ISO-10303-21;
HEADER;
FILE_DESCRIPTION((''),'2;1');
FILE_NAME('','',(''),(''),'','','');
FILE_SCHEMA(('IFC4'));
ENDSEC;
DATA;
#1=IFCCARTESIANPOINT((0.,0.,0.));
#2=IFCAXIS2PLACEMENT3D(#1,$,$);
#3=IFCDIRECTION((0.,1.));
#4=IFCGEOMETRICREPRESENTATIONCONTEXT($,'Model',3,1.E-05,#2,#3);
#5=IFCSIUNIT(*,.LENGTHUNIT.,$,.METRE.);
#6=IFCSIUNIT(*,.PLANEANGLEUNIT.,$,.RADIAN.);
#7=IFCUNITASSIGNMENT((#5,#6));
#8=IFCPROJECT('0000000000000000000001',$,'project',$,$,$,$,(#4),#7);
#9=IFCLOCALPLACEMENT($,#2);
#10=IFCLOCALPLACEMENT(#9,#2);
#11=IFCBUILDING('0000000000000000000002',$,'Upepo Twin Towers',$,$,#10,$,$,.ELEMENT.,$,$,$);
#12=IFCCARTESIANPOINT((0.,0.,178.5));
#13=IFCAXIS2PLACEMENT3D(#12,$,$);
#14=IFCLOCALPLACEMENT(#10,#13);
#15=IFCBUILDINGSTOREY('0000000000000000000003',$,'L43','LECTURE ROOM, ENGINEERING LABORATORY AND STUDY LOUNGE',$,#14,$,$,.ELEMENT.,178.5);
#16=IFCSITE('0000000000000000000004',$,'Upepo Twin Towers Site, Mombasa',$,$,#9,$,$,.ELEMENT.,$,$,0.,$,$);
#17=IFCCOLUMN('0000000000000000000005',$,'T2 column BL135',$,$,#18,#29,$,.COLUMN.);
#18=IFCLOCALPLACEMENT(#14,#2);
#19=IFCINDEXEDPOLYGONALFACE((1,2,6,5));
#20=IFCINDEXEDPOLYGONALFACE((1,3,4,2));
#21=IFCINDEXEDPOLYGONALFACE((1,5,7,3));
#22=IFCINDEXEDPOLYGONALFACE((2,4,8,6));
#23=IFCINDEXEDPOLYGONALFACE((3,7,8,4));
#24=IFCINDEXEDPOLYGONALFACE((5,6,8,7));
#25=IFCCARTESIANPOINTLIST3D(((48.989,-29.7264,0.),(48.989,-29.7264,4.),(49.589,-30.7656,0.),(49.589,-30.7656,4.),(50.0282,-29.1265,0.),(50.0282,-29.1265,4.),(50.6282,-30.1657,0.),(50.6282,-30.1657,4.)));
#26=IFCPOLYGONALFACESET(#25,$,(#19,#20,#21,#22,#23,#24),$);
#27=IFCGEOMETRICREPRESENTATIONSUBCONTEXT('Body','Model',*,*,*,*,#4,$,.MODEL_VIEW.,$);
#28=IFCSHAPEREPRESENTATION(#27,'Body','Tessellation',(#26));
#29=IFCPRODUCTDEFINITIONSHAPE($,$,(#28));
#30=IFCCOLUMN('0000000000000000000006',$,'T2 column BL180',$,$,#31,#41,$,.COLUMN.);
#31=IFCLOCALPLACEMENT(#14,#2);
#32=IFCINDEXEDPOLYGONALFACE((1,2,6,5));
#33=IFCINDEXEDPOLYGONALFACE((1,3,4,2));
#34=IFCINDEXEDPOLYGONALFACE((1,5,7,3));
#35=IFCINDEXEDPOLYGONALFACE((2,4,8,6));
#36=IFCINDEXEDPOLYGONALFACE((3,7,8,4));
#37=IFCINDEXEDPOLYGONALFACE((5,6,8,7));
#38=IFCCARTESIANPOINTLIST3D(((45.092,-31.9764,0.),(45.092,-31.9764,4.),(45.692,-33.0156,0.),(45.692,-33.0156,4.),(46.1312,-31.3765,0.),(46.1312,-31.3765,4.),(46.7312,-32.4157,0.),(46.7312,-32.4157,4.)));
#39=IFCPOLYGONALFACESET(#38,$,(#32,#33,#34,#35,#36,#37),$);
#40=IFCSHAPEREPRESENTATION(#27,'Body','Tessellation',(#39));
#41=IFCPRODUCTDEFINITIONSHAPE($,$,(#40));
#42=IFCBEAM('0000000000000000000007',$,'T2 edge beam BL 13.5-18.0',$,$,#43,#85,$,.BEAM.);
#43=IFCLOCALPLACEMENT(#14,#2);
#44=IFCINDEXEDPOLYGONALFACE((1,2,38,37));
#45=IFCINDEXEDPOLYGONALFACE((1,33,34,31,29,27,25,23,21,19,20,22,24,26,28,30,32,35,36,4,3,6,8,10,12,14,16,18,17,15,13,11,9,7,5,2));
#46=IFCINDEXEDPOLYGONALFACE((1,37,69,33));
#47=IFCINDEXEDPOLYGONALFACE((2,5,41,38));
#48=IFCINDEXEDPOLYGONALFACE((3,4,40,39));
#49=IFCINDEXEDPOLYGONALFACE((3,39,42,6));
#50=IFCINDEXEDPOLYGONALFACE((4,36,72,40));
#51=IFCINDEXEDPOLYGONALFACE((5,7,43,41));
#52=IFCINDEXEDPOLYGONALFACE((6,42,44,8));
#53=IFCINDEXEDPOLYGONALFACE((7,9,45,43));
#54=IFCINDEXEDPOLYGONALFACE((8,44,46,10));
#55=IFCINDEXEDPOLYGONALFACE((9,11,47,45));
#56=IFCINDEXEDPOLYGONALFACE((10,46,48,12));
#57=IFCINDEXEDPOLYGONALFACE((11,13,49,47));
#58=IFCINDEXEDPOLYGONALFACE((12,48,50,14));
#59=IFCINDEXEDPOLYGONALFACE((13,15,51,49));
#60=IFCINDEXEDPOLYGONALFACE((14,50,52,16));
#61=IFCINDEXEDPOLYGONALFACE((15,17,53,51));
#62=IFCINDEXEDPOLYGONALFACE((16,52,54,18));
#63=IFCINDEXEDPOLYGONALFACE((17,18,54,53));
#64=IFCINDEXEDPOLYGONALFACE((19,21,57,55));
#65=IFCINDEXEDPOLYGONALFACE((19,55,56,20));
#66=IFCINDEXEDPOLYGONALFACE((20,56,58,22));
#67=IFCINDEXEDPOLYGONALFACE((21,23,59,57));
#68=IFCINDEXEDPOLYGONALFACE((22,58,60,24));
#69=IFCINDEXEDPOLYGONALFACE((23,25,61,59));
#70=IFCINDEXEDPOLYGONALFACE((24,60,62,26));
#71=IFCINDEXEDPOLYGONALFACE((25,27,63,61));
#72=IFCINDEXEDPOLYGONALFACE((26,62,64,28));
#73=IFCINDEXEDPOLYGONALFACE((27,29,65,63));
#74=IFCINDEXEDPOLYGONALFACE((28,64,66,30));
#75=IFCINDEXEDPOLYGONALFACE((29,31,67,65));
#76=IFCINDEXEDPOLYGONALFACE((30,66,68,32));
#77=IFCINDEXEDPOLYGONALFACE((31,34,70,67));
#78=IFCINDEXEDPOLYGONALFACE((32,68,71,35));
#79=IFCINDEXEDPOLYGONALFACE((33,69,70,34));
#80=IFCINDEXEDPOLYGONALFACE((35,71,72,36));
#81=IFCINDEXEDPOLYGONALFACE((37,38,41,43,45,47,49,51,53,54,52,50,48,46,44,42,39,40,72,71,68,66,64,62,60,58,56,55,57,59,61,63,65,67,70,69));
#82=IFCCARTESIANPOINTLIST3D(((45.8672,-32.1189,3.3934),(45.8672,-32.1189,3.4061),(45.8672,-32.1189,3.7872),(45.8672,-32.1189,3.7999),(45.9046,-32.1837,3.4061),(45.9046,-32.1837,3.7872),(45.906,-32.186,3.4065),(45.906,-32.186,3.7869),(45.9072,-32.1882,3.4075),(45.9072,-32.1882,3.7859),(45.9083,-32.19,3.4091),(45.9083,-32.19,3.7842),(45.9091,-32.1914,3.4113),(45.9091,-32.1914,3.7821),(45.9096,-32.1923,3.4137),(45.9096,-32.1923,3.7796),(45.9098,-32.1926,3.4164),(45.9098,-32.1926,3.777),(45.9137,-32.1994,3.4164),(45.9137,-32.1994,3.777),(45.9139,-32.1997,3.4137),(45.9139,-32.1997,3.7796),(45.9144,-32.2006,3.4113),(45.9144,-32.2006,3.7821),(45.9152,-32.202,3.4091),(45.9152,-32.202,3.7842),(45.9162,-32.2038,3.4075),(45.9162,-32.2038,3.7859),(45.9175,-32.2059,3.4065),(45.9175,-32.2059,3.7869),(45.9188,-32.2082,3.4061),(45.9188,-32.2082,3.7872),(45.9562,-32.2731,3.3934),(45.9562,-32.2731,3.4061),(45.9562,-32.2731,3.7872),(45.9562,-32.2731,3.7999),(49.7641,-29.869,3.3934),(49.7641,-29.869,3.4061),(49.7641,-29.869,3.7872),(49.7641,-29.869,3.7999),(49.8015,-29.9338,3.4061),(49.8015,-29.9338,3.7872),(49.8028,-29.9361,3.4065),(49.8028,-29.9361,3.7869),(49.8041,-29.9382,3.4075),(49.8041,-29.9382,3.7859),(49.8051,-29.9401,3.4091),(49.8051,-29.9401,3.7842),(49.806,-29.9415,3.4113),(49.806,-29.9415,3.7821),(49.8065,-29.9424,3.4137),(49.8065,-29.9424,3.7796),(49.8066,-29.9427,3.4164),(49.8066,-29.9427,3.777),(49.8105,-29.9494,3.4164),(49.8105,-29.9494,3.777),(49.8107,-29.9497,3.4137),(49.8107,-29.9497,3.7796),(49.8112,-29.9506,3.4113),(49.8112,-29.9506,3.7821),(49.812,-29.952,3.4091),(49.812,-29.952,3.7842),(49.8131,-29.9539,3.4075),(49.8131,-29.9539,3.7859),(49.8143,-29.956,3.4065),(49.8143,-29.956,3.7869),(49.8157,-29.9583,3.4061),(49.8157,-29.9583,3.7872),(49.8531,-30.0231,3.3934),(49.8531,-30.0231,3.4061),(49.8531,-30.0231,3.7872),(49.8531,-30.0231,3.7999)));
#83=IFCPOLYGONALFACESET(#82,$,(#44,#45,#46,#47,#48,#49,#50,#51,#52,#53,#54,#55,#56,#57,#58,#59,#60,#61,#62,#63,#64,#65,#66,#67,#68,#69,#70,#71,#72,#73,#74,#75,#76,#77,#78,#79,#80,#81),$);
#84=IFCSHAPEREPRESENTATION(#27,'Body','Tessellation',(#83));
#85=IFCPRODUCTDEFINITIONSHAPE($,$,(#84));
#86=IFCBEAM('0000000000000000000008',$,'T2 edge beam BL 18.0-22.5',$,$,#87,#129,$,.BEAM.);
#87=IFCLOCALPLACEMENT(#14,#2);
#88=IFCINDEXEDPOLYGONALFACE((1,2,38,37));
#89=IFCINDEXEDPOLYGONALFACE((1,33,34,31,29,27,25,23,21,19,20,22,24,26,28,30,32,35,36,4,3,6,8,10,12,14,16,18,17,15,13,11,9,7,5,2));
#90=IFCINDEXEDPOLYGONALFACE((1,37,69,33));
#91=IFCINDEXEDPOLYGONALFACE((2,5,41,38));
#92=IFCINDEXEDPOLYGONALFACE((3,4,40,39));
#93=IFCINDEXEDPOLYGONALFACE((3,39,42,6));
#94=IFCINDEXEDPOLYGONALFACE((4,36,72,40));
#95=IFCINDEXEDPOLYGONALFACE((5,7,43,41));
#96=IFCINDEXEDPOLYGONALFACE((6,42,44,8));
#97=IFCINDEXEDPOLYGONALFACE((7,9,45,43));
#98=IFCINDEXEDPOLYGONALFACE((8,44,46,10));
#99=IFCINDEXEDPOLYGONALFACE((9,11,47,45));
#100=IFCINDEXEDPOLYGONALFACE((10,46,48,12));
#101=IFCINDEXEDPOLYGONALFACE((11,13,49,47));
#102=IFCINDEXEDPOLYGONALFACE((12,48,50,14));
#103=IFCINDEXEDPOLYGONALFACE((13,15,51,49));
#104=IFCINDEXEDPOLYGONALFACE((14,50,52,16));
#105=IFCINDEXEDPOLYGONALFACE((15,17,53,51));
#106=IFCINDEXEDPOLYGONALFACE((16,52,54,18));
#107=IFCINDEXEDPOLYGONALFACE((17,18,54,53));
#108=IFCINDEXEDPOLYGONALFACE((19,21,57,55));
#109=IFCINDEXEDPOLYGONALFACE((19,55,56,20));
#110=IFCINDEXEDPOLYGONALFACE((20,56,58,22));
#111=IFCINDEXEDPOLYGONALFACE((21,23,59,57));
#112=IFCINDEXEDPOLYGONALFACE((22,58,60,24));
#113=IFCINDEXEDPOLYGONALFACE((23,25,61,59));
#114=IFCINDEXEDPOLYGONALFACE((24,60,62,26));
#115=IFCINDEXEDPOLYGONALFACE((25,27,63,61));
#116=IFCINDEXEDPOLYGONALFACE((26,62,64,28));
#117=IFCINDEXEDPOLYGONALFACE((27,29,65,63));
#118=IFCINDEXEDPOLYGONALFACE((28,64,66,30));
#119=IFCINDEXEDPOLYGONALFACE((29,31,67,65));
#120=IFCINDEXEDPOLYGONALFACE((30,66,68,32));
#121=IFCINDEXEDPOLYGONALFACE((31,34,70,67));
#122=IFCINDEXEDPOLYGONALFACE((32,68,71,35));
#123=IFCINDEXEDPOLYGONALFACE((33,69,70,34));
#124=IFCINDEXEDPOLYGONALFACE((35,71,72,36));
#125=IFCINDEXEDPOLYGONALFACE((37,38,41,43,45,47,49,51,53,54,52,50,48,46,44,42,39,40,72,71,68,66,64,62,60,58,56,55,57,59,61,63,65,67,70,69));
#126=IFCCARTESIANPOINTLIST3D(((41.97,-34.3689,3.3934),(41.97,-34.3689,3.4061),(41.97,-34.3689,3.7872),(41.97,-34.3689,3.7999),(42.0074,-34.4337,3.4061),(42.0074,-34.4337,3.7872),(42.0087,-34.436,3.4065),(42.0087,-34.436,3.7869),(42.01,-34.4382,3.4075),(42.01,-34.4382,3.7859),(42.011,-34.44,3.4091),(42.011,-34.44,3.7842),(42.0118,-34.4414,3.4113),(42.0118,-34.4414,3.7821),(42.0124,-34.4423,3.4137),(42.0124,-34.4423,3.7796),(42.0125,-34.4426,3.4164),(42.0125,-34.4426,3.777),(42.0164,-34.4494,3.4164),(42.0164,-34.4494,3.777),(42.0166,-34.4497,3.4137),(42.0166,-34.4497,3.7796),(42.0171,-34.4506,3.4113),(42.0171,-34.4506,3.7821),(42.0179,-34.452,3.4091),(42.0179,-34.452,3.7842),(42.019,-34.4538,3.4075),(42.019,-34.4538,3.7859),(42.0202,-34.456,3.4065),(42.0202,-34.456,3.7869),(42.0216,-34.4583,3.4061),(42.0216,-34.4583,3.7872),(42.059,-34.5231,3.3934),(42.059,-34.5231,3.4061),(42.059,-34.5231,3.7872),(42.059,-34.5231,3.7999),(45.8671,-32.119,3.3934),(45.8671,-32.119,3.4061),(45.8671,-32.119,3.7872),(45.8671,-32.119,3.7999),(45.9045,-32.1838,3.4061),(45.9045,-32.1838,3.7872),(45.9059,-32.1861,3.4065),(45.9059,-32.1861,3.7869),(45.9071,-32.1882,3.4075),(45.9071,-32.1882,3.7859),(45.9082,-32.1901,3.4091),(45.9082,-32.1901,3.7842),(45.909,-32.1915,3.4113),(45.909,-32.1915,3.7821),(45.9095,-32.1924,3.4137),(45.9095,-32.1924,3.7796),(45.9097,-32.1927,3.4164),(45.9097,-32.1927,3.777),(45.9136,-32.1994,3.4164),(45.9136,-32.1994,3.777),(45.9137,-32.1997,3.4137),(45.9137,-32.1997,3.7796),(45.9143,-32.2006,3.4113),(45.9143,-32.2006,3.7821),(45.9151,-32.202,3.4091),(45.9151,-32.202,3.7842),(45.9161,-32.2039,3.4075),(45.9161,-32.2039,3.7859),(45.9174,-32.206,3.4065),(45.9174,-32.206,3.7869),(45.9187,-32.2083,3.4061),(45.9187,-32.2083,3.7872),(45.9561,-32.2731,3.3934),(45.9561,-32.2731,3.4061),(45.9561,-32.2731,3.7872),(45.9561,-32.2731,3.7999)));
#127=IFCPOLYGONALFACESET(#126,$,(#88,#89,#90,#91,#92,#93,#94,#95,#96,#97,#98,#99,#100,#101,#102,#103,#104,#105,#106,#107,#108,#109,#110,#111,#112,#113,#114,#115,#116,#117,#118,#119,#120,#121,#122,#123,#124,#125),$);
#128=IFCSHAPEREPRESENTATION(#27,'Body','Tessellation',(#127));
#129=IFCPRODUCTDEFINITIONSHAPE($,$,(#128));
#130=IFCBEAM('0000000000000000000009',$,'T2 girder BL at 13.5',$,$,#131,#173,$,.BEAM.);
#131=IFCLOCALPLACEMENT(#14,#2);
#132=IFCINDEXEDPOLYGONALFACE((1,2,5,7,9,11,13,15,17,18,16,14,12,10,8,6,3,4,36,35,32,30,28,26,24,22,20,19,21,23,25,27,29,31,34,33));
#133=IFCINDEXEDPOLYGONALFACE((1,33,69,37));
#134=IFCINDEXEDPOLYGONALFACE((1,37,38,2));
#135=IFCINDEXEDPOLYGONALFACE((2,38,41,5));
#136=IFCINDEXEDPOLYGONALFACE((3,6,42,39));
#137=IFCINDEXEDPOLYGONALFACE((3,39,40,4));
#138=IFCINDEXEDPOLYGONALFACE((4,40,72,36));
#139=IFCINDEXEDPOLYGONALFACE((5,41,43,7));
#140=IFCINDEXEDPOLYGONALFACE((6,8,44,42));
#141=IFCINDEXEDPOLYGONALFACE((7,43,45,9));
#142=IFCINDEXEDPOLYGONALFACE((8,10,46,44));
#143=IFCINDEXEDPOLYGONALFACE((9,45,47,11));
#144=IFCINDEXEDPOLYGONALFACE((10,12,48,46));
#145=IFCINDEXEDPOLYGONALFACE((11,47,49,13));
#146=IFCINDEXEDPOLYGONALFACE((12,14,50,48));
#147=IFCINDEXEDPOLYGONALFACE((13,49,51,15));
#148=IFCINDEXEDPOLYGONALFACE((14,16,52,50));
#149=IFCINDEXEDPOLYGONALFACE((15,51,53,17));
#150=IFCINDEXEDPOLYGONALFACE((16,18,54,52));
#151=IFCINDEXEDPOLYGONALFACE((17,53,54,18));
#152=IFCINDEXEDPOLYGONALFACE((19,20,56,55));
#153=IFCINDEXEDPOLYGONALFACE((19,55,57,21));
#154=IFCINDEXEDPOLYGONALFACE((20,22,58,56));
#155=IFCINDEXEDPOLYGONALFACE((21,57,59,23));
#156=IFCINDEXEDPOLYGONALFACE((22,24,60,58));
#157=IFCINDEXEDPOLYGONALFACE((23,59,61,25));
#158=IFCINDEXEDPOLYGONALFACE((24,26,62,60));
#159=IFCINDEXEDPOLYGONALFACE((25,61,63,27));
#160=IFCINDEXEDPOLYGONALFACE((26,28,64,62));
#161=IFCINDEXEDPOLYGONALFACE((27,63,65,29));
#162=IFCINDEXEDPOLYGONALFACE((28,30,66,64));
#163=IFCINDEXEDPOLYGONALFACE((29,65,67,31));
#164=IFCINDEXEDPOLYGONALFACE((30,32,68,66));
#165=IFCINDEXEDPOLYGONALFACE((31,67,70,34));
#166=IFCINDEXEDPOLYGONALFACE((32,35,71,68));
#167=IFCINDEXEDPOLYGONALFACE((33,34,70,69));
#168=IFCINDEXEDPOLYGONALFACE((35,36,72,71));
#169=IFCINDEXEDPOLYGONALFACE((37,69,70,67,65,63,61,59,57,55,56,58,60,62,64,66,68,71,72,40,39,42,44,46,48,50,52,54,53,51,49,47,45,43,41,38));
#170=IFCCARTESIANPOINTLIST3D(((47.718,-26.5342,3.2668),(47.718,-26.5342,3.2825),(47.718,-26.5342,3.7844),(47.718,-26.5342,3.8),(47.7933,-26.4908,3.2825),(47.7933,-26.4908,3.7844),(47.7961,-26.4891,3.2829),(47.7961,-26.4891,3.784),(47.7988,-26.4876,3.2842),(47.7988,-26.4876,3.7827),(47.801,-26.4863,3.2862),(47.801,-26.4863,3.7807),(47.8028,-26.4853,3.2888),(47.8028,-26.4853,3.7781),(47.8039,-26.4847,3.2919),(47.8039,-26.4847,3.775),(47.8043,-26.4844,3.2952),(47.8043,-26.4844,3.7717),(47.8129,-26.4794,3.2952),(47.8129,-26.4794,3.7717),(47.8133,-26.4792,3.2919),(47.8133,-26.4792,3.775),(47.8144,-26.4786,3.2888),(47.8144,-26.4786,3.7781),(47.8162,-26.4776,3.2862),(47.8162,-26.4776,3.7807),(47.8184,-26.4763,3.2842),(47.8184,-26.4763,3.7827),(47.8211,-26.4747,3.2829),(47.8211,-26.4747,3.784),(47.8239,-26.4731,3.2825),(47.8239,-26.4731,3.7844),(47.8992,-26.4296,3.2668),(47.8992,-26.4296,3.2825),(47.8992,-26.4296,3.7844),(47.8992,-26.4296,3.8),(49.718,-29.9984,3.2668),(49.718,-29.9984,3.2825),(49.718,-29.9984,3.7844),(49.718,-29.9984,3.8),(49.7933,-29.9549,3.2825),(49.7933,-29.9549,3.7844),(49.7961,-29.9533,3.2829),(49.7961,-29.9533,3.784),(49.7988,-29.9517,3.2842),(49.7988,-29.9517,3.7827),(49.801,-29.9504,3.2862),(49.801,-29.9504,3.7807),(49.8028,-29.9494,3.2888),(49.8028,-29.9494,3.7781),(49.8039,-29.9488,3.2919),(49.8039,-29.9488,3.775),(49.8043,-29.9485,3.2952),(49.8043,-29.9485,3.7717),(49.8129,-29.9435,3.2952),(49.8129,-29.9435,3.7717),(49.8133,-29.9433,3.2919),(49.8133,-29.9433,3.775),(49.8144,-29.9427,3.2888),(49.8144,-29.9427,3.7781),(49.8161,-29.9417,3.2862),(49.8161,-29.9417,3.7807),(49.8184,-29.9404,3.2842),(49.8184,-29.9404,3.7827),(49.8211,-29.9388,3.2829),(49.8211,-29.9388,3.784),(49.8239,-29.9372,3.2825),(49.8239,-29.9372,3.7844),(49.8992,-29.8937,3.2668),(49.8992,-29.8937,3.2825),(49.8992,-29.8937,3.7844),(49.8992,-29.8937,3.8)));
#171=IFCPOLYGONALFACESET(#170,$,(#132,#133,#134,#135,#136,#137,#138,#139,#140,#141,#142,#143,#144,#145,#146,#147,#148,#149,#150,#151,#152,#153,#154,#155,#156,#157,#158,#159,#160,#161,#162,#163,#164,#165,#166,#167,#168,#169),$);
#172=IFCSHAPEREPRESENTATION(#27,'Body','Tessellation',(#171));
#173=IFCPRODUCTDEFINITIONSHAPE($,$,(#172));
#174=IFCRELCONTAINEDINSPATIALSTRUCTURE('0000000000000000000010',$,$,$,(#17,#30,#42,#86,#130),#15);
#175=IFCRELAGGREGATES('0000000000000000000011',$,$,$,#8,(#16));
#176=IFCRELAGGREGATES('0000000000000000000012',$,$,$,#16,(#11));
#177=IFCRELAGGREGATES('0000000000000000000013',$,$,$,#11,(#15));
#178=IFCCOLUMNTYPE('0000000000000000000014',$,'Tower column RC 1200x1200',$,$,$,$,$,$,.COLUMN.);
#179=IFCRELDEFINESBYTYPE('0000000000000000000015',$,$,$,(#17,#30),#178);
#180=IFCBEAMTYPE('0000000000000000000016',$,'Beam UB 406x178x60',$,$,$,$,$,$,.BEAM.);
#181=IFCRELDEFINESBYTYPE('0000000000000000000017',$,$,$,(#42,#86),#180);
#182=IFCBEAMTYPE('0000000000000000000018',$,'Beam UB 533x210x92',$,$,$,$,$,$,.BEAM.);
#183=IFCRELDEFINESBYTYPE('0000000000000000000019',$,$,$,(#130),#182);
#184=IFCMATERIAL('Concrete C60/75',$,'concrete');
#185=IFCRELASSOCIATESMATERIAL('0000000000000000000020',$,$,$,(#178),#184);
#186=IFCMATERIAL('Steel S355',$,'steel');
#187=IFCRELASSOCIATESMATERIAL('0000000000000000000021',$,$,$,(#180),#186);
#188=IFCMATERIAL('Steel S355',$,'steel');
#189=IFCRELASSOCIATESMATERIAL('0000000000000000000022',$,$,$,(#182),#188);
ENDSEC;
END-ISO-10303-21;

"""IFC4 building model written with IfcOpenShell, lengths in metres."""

from ifc_helpers import new_model, si_unit, direction, frame, origin, origin_2d, place, context, subcontext, project, spatial, rectangle, i_section, extrude, material, material_profile, profile_set, type_object, element, save


model = new_model("IFC4")

# Units and contexts
model_context = context("Model", 3, precision=1e-05, world=origin(), true_north=direction((0.0, 1.0)))
body_context = subcontext(model_context, "Body", "Model", "MODEL_VIEW")
ifc_project = project(units=[si_unit("LENGTHUNIT", "METRE"), si_unit("PLANEANGLEUNIT", "RADIAN")], contexts=[model_context])

# Site, building, storey
site_placement = place(None, origin())
site = spatial("IfcSite", under=ifc_project, at=site_placement, Name="Upepo Twin Towers Site, Mombasa", CompositionType="ELEMENT", RefElevation=0.0)
building_placement = place(site_placement, origin())
building = spatial("IfcBuilding", under=site, at=building_placement, Name="Upepo Twin Towers", CompositionType="ELEMENT")
storey_placement = place(building_placement, frame((0.0, 0.0, 178.5)))
storey = spatial("IfcBuildingStorey", under=building, at=storey_placement, Name="L43", Description="LECTURE ROOM, ENGINEERING LABORATORY AND STUDY LOUNGE", CompositionType="ELEMENT", Elevation=178.5)

# Columns
ifc_material_1 = material(Name="Concrete C60/75", Category="concrete")
ifc_material_profile_1 = material_profile(ifc_material_1, rectangle(XDim=1.2, YDim=1.2, at=origin_2d()), Name="RC 1200x1200")
ifc_profile_set_1 = profile_set([ifc_material_profile_1], Name="Concrete C60/75")
column_type = type_object("IfcColumnType", Name="Tower column RC 1200x1200", PredefinedType="COLUMN", material=ifc_profile_set_1)
for number, where, z_axis, x_axis, name in (
    (1, (49.8086, -29.946, 0.0), (0.0, 0.0, 1.0), (0.866025, 0.5, 0.0), "T2 column BL135"),
    (2, (45.9116, -32.196, 0.0), (0.0, 0.0, 1.0), (0.866025, 0.5, 0.0), "T2 column BL180"),
):
    element("IfcColumn", number, at=place(storey_placement, frame(where, z_axis=z_axis, x_axis=x_axis)), inside=storey, type_object=column_type, Name=name, PredefinedType="COLUMN", context=body_context, shape_type="SweptSolid", body=[
        extrude(rectangle(XDim=1.2, YDim=1.2, at=origin_2d()), origin(), (0.0, 0.0, 1.0), 4.0),
    ])

# Beams
ifc_material_2 = material(Name="Steel S355", Category="steel")
ifc_material_profile_2 = material_profile(ifc_material_2, i_section(OverallWidth=0.178, OverallDepth=0.4065, WebThickness=0.0078, FlangeThickness=0.0127, FilletRadius=0.0103, at=origin_2d()), Name="UB 406x178x60")
ifc_profile_set_2 = profile_set([ifc_material_profile_2], Name="Steel S355")
beam_type_1 = type_object("IfcBeamType", Name="Beam UB 406x178x60", PredefinedType="BEAM", material=ifc_profile_set_2)
beam_1_placement = place(storey_placement, frame((49.8086, -29.946, 3.5967), z_axis=(-0.866018, -0.500014, 0.0), x_axis=(0.500014, -0.866018, 0.0)))
element("IfcBeam", 3, at=beam_1_placement, inside=storey, type_object=beam_type_1, Name="T2 edge beam BL 13.5-18.0", PredefinedType="BEAM", context=body_context, shape_type="SweptSolid", body=[
    extrude(i_section(OverallWidth=0.178, OverallDepth=0.4065, WebThickness=0.0078, FlangeThickness=0.0127, FilletRadius=0.0103, at=origin_2d()), origin(), (0.0, 0.0, 1.0), 4.4998),
])
beam_2_placement = place(storey_placement, frame((45.9116, -32.196, 3.5967), z_axis=(-0.866031, -0.49999, 0.0), x_axis=(0.49999, -0.866031, 0.0)))
element("IfcBeam", 4, at=beam_2_placement, inside=storey, type_object=beam_type_1, Name="T2 edge beam BL 18.0-22.5", PredefinedType="BEAM", context=body_context, shape_type="SweptSolid", body=[
    extrude(i_section(OverallWidth=0.178, OverallDepth=0.4065, WebThickness=0.0078, FlangeThickness=0.0127, FilletRadius=0.0103, at=origin_2d()), origin(), (0.0, 0.0, 1.0), 4.5),
])
ifc_material_3 = material(Name="Steel S355", Category="steel")
ifc_material_profile_3 = material_profile(ifc_material_3, i_section(OverallWidth=0.2092, OverallDepth=0.5332, WebThickness=0.01, FlangeThickness=0.0156, FilletRadius=0.0127, at=origin_2d()), Name="UB 533x210x92")
ifc_profile_set_3 = profile_set([ifc_material_profile_3], Name="Steel S355")
beam_type_2 = type_object("IfcBeamType", Name="Beam UB 533x210x92", PredefinedType="BEAM", material=ifc_profile_set_3)
for number, where, z_axis, x_axis, name in (
    (5, (49.8086, -29.946, 3.5334), (-0.499999, 0.866026, 0.0), (-0.866026, -0.499999, 0.0), "T2 girder BL at 13.5"),
):
    element("IfcBeam", number, at=place(storey_placement, frame(where, z_axis=z_axis, x_axis=x_axis)), inside=storey, type_object=beam_type_2, Name=name, PredefinedType="BEAM", context=body_context, shape_type="SweptSolid", body=[
        extrude(i_section(OverallWidth=0.2092, OverallDepth=0.5332, WebThickness=0.01, FlangeThickness=0.0156, FilletRadius=0.0127, at=origin_2d()), origin(), (0.0, 0.0, 1.0), 4.0),
    ])

save(model, "model.ifc")
